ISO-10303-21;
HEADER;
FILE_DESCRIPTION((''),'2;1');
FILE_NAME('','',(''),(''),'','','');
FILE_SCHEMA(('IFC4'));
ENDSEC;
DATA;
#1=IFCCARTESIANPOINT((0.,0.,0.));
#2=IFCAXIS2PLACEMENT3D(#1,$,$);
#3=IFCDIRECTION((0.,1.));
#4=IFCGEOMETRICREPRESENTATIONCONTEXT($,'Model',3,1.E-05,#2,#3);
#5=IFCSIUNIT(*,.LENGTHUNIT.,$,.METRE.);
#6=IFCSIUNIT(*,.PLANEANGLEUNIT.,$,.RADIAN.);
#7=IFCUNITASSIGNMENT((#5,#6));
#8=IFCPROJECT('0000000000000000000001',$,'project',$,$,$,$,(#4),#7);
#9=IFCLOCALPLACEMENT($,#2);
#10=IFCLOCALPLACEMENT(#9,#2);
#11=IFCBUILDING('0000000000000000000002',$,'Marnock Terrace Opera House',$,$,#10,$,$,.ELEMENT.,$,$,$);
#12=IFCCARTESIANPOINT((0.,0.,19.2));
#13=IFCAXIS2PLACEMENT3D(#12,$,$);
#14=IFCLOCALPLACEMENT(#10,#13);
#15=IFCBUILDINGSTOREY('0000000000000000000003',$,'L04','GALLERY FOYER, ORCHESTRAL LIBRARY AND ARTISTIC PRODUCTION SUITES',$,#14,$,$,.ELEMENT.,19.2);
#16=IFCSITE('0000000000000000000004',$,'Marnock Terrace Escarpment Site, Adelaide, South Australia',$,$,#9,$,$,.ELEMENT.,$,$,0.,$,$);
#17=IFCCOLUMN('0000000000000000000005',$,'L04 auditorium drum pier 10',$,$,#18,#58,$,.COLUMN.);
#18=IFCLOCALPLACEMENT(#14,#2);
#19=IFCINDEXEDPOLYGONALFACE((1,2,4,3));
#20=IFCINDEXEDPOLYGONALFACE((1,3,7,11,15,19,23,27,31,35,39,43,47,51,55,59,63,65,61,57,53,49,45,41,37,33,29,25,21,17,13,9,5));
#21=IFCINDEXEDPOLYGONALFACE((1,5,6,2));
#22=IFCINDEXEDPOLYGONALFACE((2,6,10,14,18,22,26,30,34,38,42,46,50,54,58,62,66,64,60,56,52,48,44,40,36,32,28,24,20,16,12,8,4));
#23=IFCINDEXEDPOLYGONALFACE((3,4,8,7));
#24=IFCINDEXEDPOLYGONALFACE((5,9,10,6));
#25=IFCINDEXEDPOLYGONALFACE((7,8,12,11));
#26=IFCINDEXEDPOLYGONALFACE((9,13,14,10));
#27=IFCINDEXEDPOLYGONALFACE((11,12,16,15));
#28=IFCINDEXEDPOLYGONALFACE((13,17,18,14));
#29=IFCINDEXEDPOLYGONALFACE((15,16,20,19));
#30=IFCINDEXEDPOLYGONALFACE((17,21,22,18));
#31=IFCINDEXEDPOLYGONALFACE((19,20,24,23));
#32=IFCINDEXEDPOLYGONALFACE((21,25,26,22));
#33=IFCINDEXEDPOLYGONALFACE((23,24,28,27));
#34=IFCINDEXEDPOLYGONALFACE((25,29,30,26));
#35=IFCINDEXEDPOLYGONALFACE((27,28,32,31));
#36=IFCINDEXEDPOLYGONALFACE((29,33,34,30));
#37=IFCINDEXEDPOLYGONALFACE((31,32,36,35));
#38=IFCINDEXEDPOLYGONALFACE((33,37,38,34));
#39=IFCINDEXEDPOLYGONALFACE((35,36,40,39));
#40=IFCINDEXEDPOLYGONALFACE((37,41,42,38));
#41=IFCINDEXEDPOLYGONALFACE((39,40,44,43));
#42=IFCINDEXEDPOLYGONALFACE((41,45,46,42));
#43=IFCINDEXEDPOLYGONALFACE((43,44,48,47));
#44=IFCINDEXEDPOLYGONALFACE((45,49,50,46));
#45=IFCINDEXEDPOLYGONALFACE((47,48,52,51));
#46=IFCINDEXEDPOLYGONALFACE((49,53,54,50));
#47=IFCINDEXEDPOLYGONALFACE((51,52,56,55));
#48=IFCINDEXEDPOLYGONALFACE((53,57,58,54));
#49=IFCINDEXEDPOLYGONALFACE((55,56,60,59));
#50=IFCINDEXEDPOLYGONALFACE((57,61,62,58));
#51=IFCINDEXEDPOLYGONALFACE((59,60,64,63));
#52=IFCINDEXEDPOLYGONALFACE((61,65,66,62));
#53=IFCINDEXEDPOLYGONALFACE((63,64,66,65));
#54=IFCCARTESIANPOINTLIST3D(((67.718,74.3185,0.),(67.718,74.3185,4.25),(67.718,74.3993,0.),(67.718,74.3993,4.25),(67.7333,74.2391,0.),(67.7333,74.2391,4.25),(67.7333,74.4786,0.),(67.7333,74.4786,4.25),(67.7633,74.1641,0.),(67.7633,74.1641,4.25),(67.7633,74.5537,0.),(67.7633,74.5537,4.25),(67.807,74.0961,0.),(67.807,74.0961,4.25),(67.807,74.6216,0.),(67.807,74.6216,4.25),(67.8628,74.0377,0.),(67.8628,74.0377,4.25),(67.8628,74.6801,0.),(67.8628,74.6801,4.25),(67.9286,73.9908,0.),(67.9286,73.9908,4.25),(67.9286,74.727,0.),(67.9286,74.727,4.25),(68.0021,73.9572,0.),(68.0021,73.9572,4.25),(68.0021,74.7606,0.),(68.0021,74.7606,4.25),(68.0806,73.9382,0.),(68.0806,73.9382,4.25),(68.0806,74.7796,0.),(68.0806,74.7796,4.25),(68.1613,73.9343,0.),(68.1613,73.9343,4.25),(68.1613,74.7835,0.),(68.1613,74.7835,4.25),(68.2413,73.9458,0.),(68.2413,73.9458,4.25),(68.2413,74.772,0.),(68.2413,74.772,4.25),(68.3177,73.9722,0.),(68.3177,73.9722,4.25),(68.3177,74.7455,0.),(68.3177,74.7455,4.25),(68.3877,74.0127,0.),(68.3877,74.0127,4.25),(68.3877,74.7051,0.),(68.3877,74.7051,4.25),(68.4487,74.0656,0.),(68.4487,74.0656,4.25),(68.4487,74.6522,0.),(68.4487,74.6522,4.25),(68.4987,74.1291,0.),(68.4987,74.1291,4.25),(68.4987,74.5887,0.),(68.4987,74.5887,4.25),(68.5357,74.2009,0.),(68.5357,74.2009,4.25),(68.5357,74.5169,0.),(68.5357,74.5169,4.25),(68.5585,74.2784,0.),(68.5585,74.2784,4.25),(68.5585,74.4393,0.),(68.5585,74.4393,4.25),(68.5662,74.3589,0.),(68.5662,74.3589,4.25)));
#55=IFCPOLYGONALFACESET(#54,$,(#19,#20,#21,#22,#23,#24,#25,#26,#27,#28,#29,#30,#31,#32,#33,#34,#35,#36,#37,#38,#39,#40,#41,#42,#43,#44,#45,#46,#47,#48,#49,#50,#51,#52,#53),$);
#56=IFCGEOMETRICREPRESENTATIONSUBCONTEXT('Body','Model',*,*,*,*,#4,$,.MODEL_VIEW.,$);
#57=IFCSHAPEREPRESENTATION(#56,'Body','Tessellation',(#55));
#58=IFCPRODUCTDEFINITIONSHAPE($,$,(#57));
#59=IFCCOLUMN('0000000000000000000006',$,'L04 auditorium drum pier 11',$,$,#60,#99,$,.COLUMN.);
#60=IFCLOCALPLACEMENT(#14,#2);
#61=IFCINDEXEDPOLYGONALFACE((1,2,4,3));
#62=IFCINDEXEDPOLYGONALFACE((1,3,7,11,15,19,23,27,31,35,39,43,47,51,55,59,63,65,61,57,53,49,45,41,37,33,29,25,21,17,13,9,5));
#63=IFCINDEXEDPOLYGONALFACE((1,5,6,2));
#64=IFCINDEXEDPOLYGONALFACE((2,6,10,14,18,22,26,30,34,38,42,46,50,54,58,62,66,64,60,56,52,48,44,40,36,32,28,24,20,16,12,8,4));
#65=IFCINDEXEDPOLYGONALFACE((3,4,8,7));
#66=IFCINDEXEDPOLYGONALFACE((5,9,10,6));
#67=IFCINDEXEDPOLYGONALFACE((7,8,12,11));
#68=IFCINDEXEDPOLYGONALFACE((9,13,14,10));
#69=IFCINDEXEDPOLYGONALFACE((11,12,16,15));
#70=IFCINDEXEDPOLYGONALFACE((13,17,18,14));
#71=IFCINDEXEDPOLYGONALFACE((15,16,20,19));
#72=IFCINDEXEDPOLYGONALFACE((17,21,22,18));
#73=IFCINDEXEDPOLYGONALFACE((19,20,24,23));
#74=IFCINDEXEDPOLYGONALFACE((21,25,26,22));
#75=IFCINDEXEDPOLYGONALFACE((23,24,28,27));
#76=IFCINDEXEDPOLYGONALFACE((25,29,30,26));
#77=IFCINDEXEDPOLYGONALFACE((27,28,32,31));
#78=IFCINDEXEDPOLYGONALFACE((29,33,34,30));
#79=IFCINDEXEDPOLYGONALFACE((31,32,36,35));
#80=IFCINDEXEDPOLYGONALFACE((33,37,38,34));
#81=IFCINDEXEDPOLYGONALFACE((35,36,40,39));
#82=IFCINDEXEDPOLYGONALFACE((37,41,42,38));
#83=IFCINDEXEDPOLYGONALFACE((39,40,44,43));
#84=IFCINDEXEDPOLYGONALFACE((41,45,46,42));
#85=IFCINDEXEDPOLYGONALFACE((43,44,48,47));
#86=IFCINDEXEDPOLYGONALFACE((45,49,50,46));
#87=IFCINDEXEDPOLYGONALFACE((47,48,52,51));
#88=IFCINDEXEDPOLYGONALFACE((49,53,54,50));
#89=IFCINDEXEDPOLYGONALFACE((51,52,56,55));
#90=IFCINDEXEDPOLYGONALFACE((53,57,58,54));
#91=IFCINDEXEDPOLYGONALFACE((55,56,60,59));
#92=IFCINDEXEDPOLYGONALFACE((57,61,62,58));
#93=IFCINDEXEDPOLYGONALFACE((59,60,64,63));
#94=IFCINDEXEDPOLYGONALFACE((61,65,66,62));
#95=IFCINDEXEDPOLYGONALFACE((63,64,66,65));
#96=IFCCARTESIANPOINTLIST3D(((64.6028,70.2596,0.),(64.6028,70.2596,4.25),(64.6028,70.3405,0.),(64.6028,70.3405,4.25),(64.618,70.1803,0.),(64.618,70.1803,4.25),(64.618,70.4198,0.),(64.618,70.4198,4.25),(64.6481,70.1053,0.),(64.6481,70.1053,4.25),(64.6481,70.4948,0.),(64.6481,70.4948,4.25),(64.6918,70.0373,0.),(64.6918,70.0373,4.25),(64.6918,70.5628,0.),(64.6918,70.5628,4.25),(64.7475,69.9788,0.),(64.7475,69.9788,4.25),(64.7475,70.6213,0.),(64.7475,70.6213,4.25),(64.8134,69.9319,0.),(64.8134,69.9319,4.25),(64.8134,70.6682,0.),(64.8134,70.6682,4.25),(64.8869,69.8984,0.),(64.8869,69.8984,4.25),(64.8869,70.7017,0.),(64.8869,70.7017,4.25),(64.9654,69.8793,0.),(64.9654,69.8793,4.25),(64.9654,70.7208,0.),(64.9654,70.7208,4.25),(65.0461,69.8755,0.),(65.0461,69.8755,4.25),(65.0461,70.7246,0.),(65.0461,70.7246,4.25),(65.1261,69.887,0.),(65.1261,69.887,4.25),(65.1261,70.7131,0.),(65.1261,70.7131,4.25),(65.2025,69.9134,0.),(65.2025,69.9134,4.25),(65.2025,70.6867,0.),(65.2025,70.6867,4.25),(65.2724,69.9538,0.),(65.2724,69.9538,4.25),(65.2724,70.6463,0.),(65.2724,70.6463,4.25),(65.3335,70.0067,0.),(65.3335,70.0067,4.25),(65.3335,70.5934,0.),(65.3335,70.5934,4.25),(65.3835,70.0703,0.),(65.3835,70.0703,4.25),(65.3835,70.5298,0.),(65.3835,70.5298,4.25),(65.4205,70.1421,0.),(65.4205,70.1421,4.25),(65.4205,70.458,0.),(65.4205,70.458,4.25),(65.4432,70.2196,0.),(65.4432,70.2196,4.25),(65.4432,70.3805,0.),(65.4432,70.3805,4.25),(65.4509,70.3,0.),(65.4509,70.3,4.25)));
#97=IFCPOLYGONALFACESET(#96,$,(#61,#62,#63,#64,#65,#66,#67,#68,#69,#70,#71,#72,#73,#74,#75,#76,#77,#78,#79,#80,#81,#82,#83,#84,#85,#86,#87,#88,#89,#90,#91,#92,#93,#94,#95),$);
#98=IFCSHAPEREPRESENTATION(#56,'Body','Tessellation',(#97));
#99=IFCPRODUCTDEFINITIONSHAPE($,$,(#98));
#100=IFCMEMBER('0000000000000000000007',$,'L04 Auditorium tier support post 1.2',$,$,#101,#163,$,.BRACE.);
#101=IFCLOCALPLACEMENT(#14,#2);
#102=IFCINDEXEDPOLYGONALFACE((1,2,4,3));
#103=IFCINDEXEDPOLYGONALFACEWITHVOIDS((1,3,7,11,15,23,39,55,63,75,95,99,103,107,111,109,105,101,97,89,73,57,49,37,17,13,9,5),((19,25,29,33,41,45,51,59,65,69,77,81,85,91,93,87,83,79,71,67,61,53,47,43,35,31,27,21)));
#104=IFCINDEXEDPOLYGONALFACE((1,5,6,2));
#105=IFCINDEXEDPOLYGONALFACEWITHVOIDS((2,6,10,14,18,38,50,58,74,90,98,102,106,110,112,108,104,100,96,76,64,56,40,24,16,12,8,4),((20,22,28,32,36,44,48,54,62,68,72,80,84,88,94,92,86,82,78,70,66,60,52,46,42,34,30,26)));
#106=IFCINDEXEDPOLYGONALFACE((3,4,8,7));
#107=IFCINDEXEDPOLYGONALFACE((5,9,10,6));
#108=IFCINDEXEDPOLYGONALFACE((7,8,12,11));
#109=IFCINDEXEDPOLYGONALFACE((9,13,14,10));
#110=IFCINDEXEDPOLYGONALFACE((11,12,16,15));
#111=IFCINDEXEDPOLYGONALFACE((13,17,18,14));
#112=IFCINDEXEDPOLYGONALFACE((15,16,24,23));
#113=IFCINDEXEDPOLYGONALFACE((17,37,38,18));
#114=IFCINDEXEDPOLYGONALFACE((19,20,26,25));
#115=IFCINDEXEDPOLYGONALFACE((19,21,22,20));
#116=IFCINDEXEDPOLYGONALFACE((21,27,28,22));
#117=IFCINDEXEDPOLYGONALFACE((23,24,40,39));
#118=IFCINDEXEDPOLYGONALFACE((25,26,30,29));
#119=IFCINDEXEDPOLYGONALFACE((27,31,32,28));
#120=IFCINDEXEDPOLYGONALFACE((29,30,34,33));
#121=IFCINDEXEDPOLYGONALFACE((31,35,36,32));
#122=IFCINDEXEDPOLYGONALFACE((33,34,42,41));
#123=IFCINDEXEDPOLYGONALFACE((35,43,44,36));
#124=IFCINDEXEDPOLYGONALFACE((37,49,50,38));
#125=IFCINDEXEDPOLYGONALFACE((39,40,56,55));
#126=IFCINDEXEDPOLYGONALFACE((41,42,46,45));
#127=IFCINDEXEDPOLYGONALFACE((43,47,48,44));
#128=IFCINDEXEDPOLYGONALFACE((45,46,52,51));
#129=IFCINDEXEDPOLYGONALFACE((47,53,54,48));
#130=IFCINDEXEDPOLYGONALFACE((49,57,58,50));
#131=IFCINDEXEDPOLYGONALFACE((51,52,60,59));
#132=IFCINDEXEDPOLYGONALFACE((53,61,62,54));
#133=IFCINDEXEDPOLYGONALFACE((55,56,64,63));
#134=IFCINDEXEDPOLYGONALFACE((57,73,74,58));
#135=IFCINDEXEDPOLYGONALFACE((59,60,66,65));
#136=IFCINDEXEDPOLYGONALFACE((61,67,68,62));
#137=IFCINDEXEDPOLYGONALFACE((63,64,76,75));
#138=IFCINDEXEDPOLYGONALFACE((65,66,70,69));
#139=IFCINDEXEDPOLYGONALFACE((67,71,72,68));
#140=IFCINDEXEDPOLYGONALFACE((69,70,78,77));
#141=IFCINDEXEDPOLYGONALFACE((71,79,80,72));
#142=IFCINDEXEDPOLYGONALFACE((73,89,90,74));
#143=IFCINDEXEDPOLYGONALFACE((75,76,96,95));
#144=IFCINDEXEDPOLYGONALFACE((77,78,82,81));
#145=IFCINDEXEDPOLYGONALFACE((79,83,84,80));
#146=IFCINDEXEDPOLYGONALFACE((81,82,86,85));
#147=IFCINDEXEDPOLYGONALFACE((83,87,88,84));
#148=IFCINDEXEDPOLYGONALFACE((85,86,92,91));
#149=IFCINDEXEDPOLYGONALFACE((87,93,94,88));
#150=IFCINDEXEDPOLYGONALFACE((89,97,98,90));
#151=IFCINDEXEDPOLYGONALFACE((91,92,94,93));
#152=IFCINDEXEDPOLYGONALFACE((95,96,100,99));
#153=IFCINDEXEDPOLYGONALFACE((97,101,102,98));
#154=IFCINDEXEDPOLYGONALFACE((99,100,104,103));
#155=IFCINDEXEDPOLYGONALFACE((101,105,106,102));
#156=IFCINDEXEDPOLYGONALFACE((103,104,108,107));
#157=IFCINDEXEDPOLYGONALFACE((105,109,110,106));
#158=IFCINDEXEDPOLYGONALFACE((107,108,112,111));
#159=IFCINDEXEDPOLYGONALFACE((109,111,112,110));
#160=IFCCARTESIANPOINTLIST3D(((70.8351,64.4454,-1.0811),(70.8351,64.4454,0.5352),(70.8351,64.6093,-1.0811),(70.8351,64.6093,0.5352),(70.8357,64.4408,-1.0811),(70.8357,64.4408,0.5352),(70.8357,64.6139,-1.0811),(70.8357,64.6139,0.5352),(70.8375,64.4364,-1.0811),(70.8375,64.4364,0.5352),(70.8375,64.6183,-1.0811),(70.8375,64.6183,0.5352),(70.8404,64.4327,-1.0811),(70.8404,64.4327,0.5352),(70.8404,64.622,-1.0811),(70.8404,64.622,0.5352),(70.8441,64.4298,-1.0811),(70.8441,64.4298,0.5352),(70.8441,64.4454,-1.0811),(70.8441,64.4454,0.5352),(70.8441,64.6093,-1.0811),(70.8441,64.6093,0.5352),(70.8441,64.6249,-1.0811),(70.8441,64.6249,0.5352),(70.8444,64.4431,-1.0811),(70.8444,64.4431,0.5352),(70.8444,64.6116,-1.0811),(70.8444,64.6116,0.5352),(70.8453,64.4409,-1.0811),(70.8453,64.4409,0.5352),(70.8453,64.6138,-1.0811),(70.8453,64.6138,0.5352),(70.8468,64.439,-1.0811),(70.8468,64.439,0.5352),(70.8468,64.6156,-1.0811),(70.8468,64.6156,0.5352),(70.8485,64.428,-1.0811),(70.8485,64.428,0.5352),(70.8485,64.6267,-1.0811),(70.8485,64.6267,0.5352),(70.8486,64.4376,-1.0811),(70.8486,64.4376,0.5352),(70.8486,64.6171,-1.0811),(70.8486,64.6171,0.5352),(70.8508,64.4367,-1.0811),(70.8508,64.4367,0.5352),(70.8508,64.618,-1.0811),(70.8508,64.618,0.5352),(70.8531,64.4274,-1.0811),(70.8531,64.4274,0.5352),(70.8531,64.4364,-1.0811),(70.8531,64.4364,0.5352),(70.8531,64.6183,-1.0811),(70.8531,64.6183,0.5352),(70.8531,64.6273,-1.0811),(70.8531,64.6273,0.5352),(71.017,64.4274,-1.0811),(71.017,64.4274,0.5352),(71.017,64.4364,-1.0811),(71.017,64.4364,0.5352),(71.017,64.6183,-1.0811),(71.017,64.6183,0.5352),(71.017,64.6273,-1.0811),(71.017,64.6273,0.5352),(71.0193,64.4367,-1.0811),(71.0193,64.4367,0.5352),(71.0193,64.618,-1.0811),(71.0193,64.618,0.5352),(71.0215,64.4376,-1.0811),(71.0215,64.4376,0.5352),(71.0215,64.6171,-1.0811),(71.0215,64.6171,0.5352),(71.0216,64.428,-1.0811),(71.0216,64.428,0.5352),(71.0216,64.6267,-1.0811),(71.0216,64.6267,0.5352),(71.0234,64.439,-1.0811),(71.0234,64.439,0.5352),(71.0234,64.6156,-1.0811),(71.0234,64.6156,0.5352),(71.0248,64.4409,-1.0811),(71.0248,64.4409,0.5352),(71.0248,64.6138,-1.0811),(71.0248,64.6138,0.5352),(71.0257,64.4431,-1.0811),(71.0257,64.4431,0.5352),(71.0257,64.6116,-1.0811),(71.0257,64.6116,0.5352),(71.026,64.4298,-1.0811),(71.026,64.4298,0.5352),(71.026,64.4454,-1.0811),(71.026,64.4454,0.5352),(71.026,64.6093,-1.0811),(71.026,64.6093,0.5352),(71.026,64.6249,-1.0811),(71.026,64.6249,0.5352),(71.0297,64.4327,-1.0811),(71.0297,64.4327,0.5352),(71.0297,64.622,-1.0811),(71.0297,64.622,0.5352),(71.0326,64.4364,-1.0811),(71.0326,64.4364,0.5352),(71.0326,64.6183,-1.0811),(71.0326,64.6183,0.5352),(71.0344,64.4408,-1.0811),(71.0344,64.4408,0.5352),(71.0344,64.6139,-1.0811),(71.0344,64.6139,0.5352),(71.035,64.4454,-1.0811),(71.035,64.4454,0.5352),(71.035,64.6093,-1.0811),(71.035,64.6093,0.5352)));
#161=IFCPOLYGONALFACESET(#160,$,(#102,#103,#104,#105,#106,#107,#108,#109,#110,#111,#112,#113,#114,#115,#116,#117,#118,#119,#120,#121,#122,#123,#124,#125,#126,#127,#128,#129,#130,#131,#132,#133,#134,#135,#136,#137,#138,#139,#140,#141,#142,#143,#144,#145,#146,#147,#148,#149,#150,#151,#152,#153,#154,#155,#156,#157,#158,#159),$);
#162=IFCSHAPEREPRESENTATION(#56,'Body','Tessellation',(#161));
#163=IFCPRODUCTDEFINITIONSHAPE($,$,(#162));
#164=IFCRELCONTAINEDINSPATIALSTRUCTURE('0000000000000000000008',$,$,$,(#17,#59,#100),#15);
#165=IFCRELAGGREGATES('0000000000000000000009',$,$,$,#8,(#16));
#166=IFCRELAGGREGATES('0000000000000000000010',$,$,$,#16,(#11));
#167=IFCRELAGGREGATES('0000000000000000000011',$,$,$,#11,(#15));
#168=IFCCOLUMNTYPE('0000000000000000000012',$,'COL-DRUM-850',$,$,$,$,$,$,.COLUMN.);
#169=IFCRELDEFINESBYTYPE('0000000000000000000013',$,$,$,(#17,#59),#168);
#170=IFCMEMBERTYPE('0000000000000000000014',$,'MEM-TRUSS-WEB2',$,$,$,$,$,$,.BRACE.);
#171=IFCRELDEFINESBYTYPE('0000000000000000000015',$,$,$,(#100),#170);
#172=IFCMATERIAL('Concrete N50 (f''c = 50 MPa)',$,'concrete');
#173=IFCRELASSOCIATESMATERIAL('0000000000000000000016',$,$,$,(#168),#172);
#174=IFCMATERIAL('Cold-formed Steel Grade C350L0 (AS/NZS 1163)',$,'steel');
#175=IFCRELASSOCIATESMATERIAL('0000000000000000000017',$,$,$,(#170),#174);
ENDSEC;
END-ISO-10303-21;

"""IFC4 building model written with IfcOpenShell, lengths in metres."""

from ifc_helpers import new_model, si_unit, direction, frame, origin, origin_2d, place, context, subcontext, project, spatial, hollow_rectangle, circle, extrude, material, material_profile, profile_set, type_object, element, save


model = new_model("IFC4")

# Units and contexts
model_context = context("Model", 3, precision=1e-05, world=origin(), true_north=direction((0.0, 1.0)))
body_context = subcontext(model_context, "Body", "Model", "MODEL_VIEW")
ifc_project = project(units=[si_unit("LENGTHUNIT", "METRE"), si_unit("PLANEANGLEUNIT", "RADIAN")], contexts=[model_context])

# Site, building, storey
site_placement = place(None, origin())
site = spatial("IfcSite", under=ifc_project, at=site_placement, Name="Marnock Terrace Escarpment Site, Adelaide, South Australia", CompositionType="ELEMENT", RefElevation=0.0)
building_placement = place(site_placement, origin())
building = spatial("IfcBuilding", under=site, at=building_placement, Name="Marnock Terrace Opera House", CompositionType="ELEMENT")
storey_placement = place(building_placement, frame((0.0, 0.0, 19.2)))
storey = spatial("IfcBuildingStorey", under=building, at=storey_placement, Name="L04", Description="GALLERY FOYER, ORCHESTRAL LIBRARY AND ARTISTIC PRODUCTION SUITES", CompositionType="ELEMENT", Elevation=19.2)

# Columns
ifc_material_1 = material(Name="Concrete N50 (f'c = 50 MPa)", Category="concrete")
ifc_material_profile_1 = material_profile(ifc_material_1, circle(Radius=0.425, at=origin_2d()))
ifc_profile_set_1 = profile_set([ifc_material_profile_1], Name="Concrete N50 (f'c = 50 MPa)")
column_type = type_object("IfcColumnType", Name="COL-DRUM-850", PredefinedType="COLUMN", material=ifc_profile_set_1)
for number, where, z_axis, x_axis, name in (
    (1, (68.1411, 74.3589, 0.0), (0.0, 0.0, 1.0), (1.0, 0.0, 0.0), "L04 auditorium drum pier 10"),
    (2, (65.0259, 70.3, 0.0), (0.0, 0.0, 1.0), (1.0, 0.0, 0.0), "L04 auditorium drum pier 11"),
):
    element("IfcColumn", number, at=place(storey_placement, frame(where, z_axis=z_axis, x_axis=x_axis)), inside=storey, type_object=column_type, Name=name, PredefinedType="COLUMN", context=body_context, shape_type="SweptSolid", body=[
        extrude(circle(Radius=0.425, at=origin_2d()), origin(), (0.0, 0.0, 1.0), 4.25),
    ])

# Member
ifc_material_2 = material(Name="Cold-formed Steel Grade C350L0 (AS/NZS 1163)", Category="steel")
ifc_material_profile_2 = material_profile(ifc_material_2, hollow_rectangle(XDim=0.2, YDim=0.2, WallThickness=0.009, InnerFilletRadius=0.009, OuterFilletRadius=0.0181, at=origin_2d()))
ifc_profile_set_2 = profile_set([ifc_material_profile_2], Name="Cold-formed Steel Grade C350L0 (AS/NZS 1163)")
member_type = type_object("IfcMemberType", Name="MEM-TRUSS-WEB2", PredefinedType="BRACE", material=ifc_profile_set_2)
member_1_placement = place(storey_placement, frame((70.9351, 64.5273, -1.0811), z_axis=(0.0, 0.0, 1.0), x_axis=(1.0, 0.0, 0.0)))
element("IfcMember", 3, at=member_1_placement, inside=storey, type_object=member_type, Name="L04 Auditorium tier support post 1.2", PredefinedType="BRACE", context=body_context, shape_type="SweptSolid", body=[
    extrude(hollow_rectangle(XDim=0.2, YDim=0.2, WallThickness=0.009, InnerFilletRadius=0.009, OuterFilletRadius=0.0181, at=origin_2d()), origin(), (0.0, 0.0, 1.0), 1.6162),
])

save(model, "model.ifc")
